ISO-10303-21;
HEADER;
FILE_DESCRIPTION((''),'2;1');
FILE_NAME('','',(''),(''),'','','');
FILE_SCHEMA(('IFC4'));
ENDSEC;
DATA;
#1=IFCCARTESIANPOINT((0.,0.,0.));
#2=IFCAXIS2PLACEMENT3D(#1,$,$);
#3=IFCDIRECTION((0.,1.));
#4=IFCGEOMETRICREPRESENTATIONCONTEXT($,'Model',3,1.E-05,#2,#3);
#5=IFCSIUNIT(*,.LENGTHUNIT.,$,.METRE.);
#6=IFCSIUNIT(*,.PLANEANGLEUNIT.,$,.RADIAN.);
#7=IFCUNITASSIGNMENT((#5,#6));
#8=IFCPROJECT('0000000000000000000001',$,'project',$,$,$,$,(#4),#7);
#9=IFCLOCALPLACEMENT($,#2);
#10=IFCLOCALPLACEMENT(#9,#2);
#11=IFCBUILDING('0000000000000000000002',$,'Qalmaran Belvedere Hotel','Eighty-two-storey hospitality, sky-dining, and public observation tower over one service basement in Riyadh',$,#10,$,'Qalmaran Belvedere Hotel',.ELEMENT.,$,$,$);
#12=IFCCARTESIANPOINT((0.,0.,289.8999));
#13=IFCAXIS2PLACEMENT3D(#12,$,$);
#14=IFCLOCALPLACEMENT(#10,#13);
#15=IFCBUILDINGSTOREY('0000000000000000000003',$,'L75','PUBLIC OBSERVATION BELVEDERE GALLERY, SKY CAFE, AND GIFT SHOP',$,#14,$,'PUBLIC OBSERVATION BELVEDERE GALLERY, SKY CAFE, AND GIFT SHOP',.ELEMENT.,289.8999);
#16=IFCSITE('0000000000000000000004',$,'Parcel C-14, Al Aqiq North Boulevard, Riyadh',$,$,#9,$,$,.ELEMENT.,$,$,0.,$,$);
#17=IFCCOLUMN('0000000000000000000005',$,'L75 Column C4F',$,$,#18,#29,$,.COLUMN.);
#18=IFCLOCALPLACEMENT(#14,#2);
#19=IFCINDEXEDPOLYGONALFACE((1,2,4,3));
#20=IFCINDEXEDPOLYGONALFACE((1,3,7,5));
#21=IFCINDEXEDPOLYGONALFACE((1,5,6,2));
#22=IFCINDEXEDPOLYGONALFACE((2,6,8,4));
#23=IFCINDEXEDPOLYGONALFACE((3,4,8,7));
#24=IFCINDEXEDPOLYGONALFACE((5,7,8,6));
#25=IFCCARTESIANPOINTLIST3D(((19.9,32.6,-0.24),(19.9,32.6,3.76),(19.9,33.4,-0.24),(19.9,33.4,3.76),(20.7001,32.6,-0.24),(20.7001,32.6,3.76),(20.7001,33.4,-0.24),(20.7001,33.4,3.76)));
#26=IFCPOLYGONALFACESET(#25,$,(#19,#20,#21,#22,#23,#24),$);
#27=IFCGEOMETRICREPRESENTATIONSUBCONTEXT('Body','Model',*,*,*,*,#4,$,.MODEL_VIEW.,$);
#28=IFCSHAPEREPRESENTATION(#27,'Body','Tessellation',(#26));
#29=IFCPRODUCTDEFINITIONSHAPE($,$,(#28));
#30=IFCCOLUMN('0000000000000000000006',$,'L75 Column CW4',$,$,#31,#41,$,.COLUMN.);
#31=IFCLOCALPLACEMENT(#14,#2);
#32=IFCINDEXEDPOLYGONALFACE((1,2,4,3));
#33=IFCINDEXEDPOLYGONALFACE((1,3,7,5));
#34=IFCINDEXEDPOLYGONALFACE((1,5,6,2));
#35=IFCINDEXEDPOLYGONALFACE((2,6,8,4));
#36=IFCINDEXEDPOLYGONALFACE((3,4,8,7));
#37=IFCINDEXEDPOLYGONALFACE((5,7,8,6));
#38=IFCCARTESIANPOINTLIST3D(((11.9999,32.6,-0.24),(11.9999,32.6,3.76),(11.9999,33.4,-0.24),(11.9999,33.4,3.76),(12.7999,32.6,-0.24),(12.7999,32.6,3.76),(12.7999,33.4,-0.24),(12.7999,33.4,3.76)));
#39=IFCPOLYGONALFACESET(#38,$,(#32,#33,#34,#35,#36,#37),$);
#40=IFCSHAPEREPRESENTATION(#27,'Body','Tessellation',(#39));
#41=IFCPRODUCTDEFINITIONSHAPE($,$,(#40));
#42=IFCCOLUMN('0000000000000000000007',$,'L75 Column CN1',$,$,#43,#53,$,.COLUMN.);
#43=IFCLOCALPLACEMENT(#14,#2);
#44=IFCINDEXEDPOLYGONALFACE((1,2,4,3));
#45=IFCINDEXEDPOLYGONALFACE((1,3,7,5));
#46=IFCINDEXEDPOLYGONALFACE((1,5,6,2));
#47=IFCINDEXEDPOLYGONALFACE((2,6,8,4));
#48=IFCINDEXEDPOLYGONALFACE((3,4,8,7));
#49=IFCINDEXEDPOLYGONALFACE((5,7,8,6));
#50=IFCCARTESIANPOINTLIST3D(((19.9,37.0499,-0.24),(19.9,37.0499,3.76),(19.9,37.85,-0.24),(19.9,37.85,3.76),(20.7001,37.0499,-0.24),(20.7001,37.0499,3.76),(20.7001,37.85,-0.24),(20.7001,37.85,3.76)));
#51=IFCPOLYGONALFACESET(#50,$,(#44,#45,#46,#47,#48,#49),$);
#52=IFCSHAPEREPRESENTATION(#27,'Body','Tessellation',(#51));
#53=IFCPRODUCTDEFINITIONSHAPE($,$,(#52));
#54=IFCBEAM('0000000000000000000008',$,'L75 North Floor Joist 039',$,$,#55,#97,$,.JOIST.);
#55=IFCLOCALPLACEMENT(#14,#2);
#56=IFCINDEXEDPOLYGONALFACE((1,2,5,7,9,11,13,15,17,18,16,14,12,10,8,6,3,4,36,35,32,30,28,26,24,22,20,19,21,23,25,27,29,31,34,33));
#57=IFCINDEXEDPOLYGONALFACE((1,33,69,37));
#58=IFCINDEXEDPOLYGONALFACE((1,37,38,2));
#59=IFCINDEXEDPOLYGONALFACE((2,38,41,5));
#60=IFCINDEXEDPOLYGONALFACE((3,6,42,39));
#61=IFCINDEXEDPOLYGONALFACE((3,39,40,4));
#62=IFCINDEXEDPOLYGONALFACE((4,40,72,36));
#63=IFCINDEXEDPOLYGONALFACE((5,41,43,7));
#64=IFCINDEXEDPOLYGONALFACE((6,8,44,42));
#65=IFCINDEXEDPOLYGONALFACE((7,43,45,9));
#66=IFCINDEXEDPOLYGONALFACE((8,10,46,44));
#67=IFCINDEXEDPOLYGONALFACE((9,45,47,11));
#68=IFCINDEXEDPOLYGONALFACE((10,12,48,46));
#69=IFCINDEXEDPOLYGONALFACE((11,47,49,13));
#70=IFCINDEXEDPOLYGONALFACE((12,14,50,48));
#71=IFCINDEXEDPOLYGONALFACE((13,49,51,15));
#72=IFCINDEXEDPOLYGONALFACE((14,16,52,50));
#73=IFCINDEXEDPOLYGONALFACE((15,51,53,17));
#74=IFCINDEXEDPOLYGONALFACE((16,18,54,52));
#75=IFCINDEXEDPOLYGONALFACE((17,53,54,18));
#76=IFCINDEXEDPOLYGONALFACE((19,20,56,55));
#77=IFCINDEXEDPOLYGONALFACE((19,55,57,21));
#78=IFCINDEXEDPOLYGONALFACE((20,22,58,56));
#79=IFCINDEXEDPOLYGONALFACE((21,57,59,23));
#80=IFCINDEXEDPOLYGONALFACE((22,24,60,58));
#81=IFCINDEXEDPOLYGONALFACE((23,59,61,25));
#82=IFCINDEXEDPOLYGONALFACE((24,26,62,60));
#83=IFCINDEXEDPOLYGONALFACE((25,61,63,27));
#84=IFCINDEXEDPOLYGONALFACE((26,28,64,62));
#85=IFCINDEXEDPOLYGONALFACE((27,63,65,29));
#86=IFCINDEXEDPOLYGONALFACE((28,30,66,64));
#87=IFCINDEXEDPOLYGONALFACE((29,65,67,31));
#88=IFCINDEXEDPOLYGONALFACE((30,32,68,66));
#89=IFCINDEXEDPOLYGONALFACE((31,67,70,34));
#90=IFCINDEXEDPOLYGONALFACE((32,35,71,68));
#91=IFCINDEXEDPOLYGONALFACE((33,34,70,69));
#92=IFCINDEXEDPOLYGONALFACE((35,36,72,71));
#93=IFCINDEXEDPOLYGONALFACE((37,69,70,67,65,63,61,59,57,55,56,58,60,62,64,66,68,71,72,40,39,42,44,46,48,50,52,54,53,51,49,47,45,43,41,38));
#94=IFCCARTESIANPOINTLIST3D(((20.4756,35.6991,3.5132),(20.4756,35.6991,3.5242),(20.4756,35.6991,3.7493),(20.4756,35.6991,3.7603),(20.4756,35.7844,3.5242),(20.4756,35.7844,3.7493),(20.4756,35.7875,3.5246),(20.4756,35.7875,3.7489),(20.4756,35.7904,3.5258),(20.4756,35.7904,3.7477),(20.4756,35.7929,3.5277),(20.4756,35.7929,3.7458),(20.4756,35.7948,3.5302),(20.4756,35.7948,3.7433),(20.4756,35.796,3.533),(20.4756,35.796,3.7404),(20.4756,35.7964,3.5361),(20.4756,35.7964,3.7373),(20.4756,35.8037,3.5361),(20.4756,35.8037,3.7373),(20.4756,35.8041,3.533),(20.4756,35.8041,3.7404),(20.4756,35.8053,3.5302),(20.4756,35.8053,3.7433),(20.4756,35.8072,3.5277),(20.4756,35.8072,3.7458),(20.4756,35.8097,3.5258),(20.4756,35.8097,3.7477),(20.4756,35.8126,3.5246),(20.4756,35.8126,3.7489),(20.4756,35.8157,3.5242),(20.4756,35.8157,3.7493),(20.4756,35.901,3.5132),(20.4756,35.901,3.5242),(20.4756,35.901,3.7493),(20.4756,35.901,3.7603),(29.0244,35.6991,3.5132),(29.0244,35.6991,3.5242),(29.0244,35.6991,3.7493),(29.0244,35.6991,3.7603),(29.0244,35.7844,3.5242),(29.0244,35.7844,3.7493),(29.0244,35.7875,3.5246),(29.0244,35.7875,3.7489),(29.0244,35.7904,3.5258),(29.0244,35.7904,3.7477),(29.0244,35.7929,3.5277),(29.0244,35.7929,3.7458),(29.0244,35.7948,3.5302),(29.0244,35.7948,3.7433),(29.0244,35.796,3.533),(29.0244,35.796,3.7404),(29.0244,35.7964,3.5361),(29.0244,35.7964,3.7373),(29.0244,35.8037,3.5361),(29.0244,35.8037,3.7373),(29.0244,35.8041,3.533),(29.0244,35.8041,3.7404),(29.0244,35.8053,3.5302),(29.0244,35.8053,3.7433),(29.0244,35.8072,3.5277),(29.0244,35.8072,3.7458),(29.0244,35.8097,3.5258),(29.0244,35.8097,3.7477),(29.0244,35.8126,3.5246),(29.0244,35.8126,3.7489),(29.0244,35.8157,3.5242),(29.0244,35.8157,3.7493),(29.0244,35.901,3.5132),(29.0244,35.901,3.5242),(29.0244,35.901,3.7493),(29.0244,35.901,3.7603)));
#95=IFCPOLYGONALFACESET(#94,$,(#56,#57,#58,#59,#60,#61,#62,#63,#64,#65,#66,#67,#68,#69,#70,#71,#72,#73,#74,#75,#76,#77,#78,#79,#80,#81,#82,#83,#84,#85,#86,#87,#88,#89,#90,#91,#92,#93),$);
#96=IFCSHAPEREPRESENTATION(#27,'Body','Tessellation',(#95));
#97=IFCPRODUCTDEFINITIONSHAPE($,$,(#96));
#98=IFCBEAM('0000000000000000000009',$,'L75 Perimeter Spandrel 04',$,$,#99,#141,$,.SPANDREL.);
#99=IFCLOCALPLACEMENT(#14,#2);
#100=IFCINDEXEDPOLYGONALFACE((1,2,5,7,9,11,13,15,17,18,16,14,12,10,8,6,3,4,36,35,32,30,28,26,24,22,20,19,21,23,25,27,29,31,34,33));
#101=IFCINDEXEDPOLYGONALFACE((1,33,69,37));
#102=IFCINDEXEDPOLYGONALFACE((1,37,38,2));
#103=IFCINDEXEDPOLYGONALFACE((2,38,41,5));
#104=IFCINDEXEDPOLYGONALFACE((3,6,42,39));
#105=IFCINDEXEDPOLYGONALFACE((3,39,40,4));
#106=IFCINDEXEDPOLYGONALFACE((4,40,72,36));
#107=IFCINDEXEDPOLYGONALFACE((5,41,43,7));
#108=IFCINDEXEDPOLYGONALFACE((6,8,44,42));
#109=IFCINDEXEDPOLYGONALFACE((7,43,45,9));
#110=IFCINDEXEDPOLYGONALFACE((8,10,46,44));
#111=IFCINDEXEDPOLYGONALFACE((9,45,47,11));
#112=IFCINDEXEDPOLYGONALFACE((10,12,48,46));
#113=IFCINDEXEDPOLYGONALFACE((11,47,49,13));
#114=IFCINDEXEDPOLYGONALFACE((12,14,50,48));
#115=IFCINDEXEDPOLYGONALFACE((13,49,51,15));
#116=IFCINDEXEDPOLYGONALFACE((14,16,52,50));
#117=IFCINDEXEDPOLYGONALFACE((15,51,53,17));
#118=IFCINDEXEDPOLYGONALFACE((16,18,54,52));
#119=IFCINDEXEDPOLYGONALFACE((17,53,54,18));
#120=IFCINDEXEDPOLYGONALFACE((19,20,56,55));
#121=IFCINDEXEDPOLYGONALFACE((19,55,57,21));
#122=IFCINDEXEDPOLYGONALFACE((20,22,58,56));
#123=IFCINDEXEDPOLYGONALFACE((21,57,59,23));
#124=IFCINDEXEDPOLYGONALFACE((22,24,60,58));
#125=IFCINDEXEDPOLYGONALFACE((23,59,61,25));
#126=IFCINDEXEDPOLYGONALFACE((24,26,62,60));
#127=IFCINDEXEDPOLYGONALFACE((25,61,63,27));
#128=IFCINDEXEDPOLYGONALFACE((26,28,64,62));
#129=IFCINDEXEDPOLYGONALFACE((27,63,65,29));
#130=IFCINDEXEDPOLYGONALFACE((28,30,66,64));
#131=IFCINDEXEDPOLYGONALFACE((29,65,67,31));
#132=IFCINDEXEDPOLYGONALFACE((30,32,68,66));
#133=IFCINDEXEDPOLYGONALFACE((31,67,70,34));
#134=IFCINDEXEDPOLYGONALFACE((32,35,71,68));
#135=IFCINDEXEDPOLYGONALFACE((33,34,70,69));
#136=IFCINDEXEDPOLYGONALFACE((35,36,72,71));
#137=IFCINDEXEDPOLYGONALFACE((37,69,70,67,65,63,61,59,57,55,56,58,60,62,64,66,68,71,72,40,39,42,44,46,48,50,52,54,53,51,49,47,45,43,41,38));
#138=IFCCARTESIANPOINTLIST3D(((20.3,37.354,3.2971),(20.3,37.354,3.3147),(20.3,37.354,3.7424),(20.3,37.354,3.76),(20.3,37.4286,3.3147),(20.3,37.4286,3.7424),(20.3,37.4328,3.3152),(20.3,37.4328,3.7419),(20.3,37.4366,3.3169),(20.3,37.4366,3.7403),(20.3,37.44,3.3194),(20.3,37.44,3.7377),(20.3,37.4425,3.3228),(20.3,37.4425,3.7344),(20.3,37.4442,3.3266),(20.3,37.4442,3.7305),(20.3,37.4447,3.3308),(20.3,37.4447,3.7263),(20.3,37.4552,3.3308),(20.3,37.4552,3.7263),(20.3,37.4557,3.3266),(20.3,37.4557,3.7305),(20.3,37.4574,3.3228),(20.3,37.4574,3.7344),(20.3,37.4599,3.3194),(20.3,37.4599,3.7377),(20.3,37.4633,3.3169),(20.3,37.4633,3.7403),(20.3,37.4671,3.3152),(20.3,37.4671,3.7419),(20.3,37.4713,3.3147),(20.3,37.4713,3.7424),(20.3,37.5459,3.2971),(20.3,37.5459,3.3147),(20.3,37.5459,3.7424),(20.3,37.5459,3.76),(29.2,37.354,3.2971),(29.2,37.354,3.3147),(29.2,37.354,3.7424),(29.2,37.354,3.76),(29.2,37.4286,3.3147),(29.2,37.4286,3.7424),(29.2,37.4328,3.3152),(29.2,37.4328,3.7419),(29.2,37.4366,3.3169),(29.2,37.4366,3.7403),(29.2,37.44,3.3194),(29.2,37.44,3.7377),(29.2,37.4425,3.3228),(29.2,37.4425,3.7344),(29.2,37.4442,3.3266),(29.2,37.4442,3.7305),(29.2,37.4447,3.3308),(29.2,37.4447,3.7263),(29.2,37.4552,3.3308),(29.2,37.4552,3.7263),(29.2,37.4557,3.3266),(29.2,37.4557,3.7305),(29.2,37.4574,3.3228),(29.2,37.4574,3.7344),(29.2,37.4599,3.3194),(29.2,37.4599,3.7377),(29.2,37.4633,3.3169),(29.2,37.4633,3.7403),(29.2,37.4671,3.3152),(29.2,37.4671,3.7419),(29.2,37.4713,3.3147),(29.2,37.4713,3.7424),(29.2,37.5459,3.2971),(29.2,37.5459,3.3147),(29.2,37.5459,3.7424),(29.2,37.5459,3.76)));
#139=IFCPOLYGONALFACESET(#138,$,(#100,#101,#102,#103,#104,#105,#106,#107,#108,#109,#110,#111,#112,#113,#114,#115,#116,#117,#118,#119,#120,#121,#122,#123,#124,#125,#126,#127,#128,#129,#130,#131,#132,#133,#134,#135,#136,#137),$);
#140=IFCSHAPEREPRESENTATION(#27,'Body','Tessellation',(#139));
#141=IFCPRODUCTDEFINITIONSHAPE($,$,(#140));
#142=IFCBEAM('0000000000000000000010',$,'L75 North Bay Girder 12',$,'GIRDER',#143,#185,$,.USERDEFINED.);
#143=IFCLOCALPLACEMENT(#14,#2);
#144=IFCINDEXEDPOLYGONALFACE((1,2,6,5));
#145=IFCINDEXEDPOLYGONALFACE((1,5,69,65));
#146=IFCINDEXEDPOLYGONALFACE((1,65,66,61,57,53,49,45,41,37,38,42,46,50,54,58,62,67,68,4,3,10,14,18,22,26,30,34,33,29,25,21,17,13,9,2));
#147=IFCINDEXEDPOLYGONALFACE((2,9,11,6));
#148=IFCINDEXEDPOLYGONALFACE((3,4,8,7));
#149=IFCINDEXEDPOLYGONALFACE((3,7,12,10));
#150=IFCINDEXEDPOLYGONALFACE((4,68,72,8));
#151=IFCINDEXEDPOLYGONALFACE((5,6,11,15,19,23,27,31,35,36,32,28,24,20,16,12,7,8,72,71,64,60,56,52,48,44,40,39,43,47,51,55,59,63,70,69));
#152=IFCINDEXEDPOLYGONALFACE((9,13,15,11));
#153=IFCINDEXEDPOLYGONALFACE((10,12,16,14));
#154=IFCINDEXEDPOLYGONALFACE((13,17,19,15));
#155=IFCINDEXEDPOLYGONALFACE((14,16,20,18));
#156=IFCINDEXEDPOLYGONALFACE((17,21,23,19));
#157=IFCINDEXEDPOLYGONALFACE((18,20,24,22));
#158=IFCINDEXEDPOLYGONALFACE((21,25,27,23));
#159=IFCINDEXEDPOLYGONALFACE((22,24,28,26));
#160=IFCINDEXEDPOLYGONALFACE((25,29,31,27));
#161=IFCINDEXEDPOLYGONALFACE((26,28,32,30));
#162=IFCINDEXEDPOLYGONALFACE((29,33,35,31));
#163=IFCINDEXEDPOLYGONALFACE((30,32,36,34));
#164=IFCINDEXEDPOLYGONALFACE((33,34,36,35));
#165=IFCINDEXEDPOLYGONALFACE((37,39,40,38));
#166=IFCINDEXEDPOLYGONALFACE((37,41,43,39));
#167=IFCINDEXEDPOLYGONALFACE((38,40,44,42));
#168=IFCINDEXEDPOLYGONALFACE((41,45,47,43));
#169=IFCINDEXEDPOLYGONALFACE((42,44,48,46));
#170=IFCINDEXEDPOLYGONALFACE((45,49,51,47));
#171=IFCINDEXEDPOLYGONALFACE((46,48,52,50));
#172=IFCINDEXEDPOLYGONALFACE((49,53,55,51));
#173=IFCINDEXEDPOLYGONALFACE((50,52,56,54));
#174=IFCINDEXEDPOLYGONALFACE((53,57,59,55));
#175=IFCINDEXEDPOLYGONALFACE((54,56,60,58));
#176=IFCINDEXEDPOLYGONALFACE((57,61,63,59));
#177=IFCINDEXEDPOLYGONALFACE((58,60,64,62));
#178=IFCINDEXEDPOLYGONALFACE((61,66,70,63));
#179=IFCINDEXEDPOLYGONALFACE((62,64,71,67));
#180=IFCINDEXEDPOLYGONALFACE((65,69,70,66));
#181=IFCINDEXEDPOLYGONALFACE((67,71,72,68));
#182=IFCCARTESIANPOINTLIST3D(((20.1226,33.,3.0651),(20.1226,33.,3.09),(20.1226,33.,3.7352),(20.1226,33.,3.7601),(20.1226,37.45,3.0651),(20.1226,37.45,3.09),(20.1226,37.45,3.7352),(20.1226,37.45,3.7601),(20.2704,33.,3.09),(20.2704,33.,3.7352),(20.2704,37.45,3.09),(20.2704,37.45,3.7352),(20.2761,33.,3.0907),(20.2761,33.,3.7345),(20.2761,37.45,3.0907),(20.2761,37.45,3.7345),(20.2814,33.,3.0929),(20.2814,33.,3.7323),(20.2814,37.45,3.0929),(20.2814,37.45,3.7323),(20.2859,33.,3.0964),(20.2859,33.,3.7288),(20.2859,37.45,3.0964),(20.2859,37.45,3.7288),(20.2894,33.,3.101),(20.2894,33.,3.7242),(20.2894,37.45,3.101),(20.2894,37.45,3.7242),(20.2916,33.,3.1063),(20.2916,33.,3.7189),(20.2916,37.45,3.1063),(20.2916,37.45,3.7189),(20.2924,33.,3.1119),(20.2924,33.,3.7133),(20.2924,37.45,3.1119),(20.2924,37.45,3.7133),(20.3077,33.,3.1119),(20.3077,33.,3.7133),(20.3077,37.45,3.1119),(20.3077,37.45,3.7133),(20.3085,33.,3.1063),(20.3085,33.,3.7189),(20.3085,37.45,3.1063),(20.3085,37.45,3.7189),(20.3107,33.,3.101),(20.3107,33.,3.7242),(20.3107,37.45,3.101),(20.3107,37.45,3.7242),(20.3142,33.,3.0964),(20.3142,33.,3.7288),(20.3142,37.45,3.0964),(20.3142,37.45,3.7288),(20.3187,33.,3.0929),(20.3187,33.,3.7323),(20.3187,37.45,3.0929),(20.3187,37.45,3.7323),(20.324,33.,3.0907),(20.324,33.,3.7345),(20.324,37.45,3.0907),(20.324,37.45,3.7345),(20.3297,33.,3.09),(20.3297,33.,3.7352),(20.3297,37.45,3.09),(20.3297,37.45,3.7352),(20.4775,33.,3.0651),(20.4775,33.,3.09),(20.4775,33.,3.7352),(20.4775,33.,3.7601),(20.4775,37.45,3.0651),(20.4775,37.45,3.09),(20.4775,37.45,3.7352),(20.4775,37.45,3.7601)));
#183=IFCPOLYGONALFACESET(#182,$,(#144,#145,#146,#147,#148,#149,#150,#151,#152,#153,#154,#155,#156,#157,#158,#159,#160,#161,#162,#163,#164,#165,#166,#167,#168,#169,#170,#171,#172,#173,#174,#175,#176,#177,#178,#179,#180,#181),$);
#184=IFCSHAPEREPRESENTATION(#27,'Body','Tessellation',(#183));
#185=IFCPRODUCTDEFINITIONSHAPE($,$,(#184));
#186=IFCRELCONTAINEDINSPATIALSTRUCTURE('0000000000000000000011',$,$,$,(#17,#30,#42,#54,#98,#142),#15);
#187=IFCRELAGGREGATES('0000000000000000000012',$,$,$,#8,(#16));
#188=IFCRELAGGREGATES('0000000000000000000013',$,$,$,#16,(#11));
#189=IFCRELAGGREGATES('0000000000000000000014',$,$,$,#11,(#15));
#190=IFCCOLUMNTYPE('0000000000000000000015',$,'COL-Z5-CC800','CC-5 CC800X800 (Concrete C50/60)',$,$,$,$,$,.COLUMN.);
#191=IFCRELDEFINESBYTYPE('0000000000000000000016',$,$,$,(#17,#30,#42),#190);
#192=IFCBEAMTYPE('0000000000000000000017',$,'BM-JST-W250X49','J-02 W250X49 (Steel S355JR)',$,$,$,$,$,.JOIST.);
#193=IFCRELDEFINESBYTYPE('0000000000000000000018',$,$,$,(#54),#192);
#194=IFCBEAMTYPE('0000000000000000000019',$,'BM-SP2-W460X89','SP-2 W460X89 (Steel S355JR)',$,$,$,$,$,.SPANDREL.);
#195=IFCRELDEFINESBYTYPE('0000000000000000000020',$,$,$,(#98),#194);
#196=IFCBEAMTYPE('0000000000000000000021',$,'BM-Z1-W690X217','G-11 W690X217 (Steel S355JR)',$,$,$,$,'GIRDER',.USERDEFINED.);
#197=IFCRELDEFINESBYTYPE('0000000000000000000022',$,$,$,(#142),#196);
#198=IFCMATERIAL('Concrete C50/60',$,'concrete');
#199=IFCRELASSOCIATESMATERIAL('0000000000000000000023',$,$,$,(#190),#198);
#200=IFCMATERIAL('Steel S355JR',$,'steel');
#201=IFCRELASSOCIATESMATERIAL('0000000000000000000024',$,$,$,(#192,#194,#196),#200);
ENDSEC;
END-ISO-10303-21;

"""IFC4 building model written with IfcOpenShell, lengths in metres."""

from ifc_helpers import new_model, si_unit, direction, frame, origin, origin_2d, place, context, subcontext, project, spatial, rectangle, i_section, extrude, material, material_profile, profile_set, type_object, element, save


model = new_model("IFC4")

# Units and contexts
model_context = context("Model", 3, precision=1e-05, world=origin(), true_north=direction((0.0, 1.0)))
body_context = subcontext(model_context, "Body", "Model", "MODEL_VIEW")
ifc_project = project(units=[si_unit("LENGTHUNIT", "METRE"), si_unit("PLANEANGLEUNIT", "RADIAN")], contexts=[model_context])

# Site, building, storey
site_placement = place(None, origin())
site = spatial("IfcSite", under=ifc_project, at=site_placement, Name="Parcel C-14, Al Aqiq North Boulevard, Riyadh", CompositionType="ELEMENT", RefElevation=0.0)
building_placement = place(site_placement, origin())
building = spatial("IfcBuilding", under=site, at=building_placement, Name="Qalmaran Belvedere Hotel", Description="Eighty-two-storey hospitality, sky-dining, and public observation tower over one service basement in Riyadh", LongName="Qalmaran Belvedere Hotel", CompositionType="ELEMENT")
storey_placement = place(building_placement, frame((0.0, 0.0, 289.8999)))
storey = spatial("IfcBuildingStorey", under=building, at=storey_placement, Name="L75", Description="PUBLIC OBSERVATION BELVEDERE GALLERY, SKY CAFE, AND GIFT SHOP", LongName="PUBLIC OBSERVATION BELVEDERE GALLERY, SKY CAFE, AND GIFT SHOP", CompositionType="ELEMENT", Elevation=289.8999)

# Columns
ifc_material_1 = material(Name="Concrete C50/60", Category="concrete")
ifc_material_profile_1 = material_profile(ifc_material_1, rectangle(XDim=0.8, YDim=0.8, at=origin_2d()), Name="CC800X800")
ifc_profile_set_1 = profile_set([ifc_material_profile_1], Name="Concrete C50/60")
column_type = type_object("IfcColumnType", Name="COL-Z5-CC800", Description="CC-5 CC800X800 (Concrete C50/60)", PredefinedType="COLUMN", material=ifc_profile_set_1)
for number, where, z_axis, x_axis, name in (
    (1, (20.3, 33.0, -0.24), (0.0, 0.0, 1.0), (1.0, 0.0, 0.0), "L75 Column C4F"),
    (2, (12.3999, 33.0, -0.24), (0.0, 0.0, 1.0), (1.0, 0.0, 0.0), "L75 Column CW4"),
    (3, (20.3, 37.45, -0.24), (0.0, 0.0, 1.0), (1.0, 0.0, 0.0), "L75 Column CN1"),
):
    element("IfcColumn", number, at=place(storey_placement, frame(where, z_axis=z_axis, x_axis=x_axis)), inside=storey, type_object=column_type, Name=name, PredefinedType="COLUMN", context=body_context, shape_type="SweptSolid", body=[
        extrude(rectangle(XDim=0.8, YDim=0.8, at=origin_2d()), origin(), (0.0, 0.0, 1.0), 4.0),
    ])

# Beams
ifc_material_2 = material(Name="Steel S355JR", Category="steel")
ifc_material_profile_2 = material_profile(ifc_material_2, i_section(OverallWidth=0.2019, OverallDepth=0.2471, WebThickness=0.0073, FlangeThickness=0.011, FilletRadius=0.012, at=origin_2d()), Name="W250X49")
ifc_profile_set_2 = profile_set([ifc_material_profile_2], Name="Steel S355JR")
beam_type_1 = type_object("IfcBeamType", Name="BM-JST-W250X49", Description="J-02 W250X49 (Steel S355JR)", PredefinedType="JOIST", material=ifc_profile_set_2)
beam_1_placement = place(storey_placement, frame((20.4756, 35.8, 3.6367), z_axis=(1.0, 0.0, 0.0), x_axis=(0.0, 1.0, 0.0)))
element("IfcBeam", 4, at=beam_1_placement, inside=storey, type_object=beam_type_1, Name="L75 North Floor Joist 039", PredefinedType="JOIST", context=body_context, shape_type="SweptSolid", body=[
    extrude(i_section(OverallWidth=0.2019, OverallDepth=0.2471, WebThickness=0.0073, FlangeThickness=0.011, FilletRadius=0.012, at=origin_2d()), origin(), (0.0, 0.0, 1.0), 8.5488),
])
ifc_material_profile_3 = material_profile(ifc_material_2, i_section(OverallWidth=0.1919, OverallDepth=0.4629, WebThickness=0.0105, FlangeThickness=0.0176, FilletRadius=0.0161, at=origin_2d()), Name="W460X89")
ifc_profile_set_3 = profile_set([ifc_material_profile_3], Name="Steel S355JR")
beam_type_2 = type_object("IfcBeamType", Name="BM-SP2-W460X89", Description="SP-2 W460X89 (Steel S355JR)", PredefinedType="SPANDREL", material=ifc_profile_set_3)
beam_2_placement = place(storey_placement, frame((20.3, 37.45, 3.5286), z_axis=(1.0, 0.0, 0.0), x_axis=(0.0, 1.0, 0.0)))
element("IfcBeam", 5, at=beam_2_placement, inside=storey, type_object=beam_type_2, Name="L75 Perimeter Spandrel 04", PredefinedType="SPANDREL", context=body_context, shape_type="SweptSolid", body=[
    extrude(i_section(OverallWidth=0.1919, OverallDepth=0.4629, WebThickness=0.0105, FlangeThickness=0.0176, FilletRadius=0.0161, at=origin_2d()), origin(), (0.0, 0.0, 1.0), 8.8999),
])
ifc_material_profile_4 = material_profile(ifc_material_2, i_section(OverallWidth=0.355, OverallDepth=0.6951, WebThickness=0.0154, FlangeThickness=0.0249, FilletRadius=0.022, at=origin_2d()), Name="W690X217")
ifc_profile_set_4 = profile_set([ifc_material_profile_4], Name="Steel S355JR")
beam_type_3 = type_object("IfcBeamType", Name="BM-Z1-W690X217", Description="G-11 W690X217 (Steel S355JR)", ElementType="GIRDER", PredefinedType="USERDEFINED", material=ifc_profile_set_4)
beam_3_placement = place(storey_placement, frame((20.3, 33.0, 3.4126), z_axis=(0.0, 1.0, 0.0), x_axis=(-1.0, 0.0, 0.0)))
element("IfcBeam", 6, at=beam_3_placement, inside=storey, type_object=beam_type_3, Name="L75 North Bay Girder 12", ObjectType="GIRDER", PredefinedType="USERDEFINED", context=body_context, shape_type="SweptSolid", body=[
    extrude(i_section(OverallWidth=0.355, OverallDepth=0.6951, WebThickness=0.0154, FlangeThickness=0.0249, FilletRadius=0.022, at=origin_2d()), origin(), (0.0, 0.0, 1.0), 4.45),
])

save(model, "model.ifc")
